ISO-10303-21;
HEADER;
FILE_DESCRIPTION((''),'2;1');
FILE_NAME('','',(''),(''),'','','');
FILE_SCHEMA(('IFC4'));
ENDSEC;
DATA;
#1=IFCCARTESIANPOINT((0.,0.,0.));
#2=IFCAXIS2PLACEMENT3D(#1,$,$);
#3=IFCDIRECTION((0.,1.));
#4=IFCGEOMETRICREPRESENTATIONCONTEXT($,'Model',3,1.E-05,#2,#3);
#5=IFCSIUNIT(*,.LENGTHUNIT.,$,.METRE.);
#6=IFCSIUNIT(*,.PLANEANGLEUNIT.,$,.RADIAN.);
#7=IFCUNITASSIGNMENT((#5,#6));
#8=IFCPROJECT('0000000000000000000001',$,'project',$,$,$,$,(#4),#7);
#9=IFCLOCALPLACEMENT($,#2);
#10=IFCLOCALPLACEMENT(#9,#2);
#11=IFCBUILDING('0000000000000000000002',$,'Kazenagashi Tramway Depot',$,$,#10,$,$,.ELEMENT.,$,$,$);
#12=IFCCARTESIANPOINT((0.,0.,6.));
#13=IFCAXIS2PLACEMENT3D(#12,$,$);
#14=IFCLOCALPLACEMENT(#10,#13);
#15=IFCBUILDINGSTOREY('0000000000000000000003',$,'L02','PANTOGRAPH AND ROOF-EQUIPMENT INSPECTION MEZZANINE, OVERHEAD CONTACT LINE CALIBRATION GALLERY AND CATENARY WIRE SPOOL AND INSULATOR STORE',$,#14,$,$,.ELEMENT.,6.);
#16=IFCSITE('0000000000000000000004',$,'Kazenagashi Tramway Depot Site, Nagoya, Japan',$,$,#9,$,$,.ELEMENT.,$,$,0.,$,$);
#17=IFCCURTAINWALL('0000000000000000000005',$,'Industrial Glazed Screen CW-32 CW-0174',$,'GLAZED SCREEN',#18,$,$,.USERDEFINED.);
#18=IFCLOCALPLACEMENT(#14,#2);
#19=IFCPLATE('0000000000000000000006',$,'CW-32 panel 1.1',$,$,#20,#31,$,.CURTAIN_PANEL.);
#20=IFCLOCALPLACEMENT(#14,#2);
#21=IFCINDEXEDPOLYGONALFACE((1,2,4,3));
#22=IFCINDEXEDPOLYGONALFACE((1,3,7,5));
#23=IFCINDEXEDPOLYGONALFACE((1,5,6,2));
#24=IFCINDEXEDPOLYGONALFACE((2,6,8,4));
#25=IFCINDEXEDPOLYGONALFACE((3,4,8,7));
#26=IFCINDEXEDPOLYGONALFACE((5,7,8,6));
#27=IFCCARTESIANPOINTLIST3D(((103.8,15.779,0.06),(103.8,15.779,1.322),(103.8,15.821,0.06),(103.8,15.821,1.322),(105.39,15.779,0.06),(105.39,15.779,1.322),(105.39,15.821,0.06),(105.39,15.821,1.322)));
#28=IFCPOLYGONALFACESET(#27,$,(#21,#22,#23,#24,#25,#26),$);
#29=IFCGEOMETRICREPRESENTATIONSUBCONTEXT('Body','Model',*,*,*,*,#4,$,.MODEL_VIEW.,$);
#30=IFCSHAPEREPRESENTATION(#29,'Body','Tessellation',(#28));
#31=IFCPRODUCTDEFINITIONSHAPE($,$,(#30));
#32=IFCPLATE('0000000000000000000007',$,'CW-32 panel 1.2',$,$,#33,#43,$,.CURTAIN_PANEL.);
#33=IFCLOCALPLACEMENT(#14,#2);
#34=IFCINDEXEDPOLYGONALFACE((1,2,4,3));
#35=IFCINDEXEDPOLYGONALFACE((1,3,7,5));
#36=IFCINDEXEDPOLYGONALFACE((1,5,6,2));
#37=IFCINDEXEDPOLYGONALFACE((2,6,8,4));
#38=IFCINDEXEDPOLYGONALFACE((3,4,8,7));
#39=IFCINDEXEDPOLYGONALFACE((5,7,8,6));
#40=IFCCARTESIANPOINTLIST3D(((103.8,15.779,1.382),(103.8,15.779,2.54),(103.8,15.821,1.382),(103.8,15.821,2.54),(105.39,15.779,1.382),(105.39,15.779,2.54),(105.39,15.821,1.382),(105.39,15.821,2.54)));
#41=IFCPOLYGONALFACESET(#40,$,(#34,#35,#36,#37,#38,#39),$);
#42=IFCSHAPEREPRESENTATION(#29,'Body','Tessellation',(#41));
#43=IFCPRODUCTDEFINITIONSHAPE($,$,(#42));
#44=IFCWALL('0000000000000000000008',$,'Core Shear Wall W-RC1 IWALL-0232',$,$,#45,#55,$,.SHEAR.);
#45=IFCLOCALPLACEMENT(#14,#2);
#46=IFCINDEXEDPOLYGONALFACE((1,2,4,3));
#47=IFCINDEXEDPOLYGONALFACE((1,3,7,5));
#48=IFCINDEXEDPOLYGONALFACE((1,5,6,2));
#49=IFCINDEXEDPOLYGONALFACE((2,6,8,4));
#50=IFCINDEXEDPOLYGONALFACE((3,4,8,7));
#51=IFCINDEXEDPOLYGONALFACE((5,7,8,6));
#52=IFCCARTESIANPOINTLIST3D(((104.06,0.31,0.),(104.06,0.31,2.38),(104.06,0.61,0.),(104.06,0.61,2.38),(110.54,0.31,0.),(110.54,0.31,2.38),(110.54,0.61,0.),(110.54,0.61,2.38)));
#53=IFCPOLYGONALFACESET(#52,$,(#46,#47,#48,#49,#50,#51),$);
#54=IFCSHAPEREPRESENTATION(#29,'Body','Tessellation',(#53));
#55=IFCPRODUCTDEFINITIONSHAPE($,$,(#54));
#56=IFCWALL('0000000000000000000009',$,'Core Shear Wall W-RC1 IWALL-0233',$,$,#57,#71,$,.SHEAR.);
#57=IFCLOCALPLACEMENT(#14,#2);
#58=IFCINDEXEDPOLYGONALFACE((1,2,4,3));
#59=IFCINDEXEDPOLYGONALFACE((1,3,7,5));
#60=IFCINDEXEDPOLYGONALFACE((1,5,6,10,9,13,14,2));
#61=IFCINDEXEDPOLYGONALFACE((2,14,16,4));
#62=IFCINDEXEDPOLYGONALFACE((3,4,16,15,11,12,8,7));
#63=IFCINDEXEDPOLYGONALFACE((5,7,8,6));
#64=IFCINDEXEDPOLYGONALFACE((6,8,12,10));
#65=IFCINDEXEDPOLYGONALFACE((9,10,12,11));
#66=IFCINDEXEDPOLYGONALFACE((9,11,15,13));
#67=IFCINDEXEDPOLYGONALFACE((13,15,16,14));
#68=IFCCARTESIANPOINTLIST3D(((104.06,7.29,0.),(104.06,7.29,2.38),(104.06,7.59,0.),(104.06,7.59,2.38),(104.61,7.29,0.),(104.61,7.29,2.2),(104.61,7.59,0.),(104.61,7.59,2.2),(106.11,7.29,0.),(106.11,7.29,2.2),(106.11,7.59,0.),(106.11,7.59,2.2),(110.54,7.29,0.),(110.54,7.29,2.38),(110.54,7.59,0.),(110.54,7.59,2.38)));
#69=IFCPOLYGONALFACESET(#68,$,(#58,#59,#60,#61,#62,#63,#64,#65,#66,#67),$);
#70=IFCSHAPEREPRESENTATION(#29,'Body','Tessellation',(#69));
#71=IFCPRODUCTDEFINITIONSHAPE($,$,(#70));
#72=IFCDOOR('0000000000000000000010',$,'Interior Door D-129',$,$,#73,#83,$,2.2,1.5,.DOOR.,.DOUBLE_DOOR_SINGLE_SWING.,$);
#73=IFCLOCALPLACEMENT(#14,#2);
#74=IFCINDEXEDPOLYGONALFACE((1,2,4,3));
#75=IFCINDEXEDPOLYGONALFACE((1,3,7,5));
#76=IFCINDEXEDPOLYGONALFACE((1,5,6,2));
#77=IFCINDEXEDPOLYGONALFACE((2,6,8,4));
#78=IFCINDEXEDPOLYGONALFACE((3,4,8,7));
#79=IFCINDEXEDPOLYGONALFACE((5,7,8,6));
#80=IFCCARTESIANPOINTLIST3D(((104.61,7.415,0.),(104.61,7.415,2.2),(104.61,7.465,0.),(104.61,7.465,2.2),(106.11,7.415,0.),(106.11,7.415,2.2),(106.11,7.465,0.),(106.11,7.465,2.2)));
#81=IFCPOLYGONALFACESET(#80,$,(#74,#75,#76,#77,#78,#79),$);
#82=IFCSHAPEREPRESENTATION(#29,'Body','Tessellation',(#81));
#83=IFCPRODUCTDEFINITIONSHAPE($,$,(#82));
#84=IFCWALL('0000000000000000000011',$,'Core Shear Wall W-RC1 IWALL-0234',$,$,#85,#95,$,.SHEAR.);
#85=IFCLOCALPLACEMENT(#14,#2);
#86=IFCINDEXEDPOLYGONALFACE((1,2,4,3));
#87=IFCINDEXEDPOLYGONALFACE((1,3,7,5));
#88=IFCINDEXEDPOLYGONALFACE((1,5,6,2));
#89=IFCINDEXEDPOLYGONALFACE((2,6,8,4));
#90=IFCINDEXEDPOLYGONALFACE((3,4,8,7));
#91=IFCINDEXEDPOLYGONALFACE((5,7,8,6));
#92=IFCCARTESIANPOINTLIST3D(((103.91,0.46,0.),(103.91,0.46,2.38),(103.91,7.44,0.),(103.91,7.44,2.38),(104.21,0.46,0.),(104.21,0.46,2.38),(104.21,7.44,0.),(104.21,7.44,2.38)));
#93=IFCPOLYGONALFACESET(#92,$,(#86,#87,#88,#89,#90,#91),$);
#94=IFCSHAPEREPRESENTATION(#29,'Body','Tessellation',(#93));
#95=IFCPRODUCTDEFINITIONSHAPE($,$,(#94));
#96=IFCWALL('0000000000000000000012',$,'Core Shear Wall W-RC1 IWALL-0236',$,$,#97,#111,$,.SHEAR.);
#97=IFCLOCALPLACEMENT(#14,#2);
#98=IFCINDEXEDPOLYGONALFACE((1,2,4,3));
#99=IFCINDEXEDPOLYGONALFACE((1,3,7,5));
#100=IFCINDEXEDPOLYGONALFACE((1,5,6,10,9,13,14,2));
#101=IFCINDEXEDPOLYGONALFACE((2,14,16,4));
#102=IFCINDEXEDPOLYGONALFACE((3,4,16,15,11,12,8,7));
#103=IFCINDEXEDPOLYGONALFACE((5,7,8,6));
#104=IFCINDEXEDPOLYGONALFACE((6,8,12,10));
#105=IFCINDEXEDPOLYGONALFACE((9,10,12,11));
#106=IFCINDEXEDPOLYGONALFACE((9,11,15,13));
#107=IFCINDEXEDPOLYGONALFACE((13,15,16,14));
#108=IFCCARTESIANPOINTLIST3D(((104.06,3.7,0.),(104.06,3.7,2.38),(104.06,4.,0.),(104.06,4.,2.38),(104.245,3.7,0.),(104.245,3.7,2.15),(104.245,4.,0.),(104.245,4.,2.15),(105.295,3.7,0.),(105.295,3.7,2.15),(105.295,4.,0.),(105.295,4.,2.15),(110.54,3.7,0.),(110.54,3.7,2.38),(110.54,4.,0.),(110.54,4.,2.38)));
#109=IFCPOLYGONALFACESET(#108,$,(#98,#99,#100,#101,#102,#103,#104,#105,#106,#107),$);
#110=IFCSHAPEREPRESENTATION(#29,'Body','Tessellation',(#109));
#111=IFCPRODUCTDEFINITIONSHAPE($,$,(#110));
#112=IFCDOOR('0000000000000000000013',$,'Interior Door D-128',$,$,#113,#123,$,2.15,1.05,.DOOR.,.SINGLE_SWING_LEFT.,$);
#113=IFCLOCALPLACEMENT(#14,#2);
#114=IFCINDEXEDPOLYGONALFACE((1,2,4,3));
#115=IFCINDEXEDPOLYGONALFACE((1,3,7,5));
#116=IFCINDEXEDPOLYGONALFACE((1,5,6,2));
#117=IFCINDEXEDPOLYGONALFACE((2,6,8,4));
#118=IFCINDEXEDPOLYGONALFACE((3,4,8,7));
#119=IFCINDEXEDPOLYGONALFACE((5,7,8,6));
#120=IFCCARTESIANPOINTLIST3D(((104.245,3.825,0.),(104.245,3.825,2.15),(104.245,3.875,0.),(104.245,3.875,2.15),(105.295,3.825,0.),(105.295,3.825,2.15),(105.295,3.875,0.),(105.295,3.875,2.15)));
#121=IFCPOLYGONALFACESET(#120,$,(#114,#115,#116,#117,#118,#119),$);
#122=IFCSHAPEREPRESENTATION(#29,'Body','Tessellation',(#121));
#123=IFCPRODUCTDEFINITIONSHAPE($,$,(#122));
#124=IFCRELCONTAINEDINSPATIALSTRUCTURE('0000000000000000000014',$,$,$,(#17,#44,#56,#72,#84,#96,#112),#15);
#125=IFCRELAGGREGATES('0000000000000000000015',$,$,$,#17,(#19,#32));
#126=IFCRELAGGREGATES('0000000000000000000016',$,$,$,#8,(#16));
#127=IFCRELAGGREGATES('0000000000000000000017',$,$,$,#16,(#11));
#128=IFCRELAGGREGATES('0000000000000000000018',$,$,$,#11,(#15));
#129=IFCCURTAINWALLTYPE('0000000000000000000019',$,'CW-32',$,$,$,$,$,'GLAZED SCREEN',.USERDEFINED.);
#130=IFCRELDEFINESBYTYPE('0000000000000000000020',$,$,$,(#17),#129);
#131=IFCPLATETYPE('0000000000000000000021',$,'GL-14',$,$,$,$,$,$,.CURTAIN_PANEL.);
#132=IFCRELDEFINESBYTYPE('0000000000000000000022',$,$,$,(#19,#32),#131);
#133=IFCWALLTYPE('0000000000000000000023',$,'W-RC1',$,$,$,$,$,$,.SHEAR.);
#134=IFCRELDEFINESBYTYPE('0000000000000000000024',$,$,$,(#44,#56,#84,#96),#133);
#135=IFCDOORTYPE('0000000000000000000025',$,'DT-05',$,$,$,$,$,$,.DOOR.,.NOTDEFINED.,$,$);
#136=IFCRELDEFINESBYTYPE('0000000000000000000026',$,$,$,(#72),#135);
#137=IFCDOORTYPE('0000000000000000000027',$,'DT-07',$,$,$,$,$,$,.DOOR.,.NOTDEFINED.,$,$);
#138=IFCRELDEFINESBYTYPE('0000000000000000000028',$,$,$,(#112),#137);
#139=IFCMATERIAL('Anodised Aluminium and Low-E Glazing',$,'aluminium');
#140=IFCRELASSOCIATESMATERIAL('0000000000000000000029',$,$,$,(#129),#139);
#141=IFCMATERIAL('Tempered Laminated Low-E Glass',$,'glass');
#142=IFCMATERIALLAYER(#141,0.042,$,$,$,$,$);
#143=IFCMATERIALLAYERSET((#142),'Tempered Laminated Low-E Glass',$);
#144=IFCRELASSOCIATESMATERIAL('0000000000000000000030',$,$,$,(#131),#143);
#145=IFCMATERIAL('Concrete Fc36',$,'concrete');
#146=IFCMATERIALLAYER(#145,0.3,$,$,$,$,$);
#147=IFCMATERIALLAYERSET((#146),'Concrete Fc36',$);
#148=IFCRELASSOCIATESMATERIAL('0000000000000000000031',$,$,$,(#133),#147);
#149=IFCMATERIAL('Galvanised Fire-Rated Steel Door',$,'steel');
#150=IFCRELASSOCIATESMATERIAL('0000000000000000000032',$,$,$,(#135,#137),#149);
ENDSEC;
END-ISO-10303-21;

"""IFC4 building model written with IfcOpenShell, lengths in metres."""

from ifc_helpers import new_model, si_unit, direction, frame, frame_2d, origin, origin_2d, place, context, subcontext, project, spatial, rectangle, extrude, material, layer, layer_set, type_object, element, fill, aggregate, save


model = new_model("IFC4")

# Units and contexts
model_context = context("Model", 3, precision=1e-05, world=origin(), true_north=direction((0.0, 1.0)))
body_context = subcontext(model_context, "Body", "Model", "MODEL_VIEW")
ifc_project = project(units=[si_unit("LENGTHUNIT", "METRE"), si_unit("PLANEANGLEUNIT", "RADIAN")], contexts=[model_context])

# Site, building, storey
site_placement = place(None, origin())
site = spatial("IfcSite", under=ifc_project, at=site_placement, Name="Kazenagashi Tramway Depot Site, Nagoya, Japan", CompositionType="ELEMENT", RefElevation=0.0)
building_placement = place(site_placement, origin())
building = spatial("IfcBuilding", under=site, at=building_placement, Name="Kazenagashi Tramway Depot", CompositionType="ELEMENT")
storey_placement = place(building_placement, frame((0.0, 0.0, 6.0)))
storey = spatial("IfcBuildingStorey", under=building, at=storey_placement, Name="L02", Description="PANTOGRAPH AND ROOF-EQUIPMENT INSPECTION MEZZANINE, OVERHEAD CONTACT LINE CALIBRATION GALLERY AND CATENARY WIRE SPOOL AND INSULATOR STORE", CompositionType="ELEMENT", Elevation=6.0)

# Curtain wall
ifc_material_1 = material(Name="Anodised Aluminium and Low-E Glazing", Category="aluminium")
curtain_wall_type = type_object("IfcCurtainWallType", Name="CW-32", ElementType="GLAZED SCREEN", PredefinedType="USERDEFINED", material=ifc_material_1)
curtain_wall_placement = place(storey_placement, origin())
curtain_wall = element("IfcCurtainWall", 1, at=curtain_wall_placement, inside=storey, type_object=curtain_wall_type, Name="Industrial Glazed Screen CW-32 CW-0174", ObjectType="GLAZED SCREEN", PredefinedType="USERDEFINED")

# Plates
ifc_material_2 = material(Name="Tempered Laminated Low-E Glass", Category="glass")
ifc_layer_1 = layer(ifc_material_2, 0.042)
ifc_layer_set_1 = layer_set([ifc_layer_1], Name="Tempered Laminated Low-E Glass")
plate_type = type_object("IfcPlateType", Name="GL-14", PredefinedType="CURTAIN_PANEL", material=ifc_layer_set_1)
plate_1_placement = place(storey_placement, frame((104.595, 15.8, 0.06), z_axis=(0.0, 0.0, 1.0), x_axis=(1.0, 0.0, 0.0)))
plate_1 = element("IfcPlate", 2, at=plate_1_placement, type_object=plate_type, Name="CW-32 panel 1.1", PredefinedType="CURTAIN_PANEL", context=body_context, shape_type="SweptSolid", body=[
    extrude(rectangle(XDim=1.59, YDim=0.042, at=origin_2d()), origin(), (0.0, 0.0, 1.0), 1.262),
])
plate_2_placement = place(storey_placement, frame((104.595, 15.8, 1.382), z_axis=(0.0, 0.0, 1.0), x_axis=(1.0, 0.0, 0.0)))
plate_2 = element("IfcPlate", 3, at=plate_2_placement, type_object=plate_type, Name="CW-32 panel 1.2", PredefinedType="CURTAIN_PANEL", context=body_context, shape_type="SweptSolid", body=[
    extrude(rectangle(XDim=1.59, YDim=0.042, at=origin_2d()), origin(), (0.0, 0.0, 1.0), 1.158),
])
aggregate(curtain_wall, [plate_1, plate_2])

# Wall
ifc_material_3 = material(Name="Concrete Fc36", Category="concrete")
ifc_layer_2 = layer(ifc_material_3, 0.3)
ifc_layer_set_2 = layer_set([ifc_layer_2], Name="Concrete Fc36")
wall_type = type_object("IfcWallType", Name="W-RC1", PredefinedType="SHEAR", material=ifc_layer_set_2)
wall_1_placement = place(storey_placement, frame((104.06, 0.46, 0.0), z_axis=(0.0, 0.0, 1.0), x_axis=(1.0, 0.0, 0.0)))
element("IfcWall", 4, at=wall_1_placement, inside=storey, type_object=wall_type, Name="Core Shear Wall W-RC1 IWALL-0232", PredefinedType="SHEAR", context=body_context, shape_type="SweptSolid", body=[
    extrude(rectangle(XDim=6.48, YDim=0.3, at=frame_2d((3.24, 0.0))), origin(), (0.0, 0.0, 1.0), 2.38),
])

# Wall, opening, door
wall_2_placement = place(storey_placement, frame((104.06, 7.44, 0.0), z_axis=(0.0, 0.0, 1.0), x_axis=(1.0, 0.0, 0.0)))
wall_2 = element("IfcWall", 5, at=wall_2_placement, inside=storey, type_object=wall_type, Name="Core Shear Wall W-RC1 IWALL-0233", PredefinedType="SHEAR", context=body_context, shape_type="SweptSolid", body=[
    extrude(rectangle(XDim=6.48, YDim=0.3, at=frame_2d((3.24, 0.0))), origin(), (0.0, 0.0, 1.0), 2.38),
])
opening_1_placement = place(wall_2_placement, frame((0.55, 0.0, 0.0)))
opening_1 = element("IfcOpeningElement", 6, at=opening_1_placement, cuts=wall_2, PredefinedType="OPENING", context=body_context, shape_type="SweptSolid", body=[
    extrude(rectangle(XDim=1.5, YDim=2.2, at=frame_2d((0.75, 1.1))), frame((0.0, 0.16, 0.0), z_axis=(0.0, -1.0, 0.0), x_axis=(1.0, 0.0, 0.0)), (0.0, 0.0, 1.0), 0.32),
])
ifc_material_4 = material(Name="Galvanised Fire-Rated Steel Door", Category="steel")
door_type_1 = type_object("IfcDoorType", Name="DT-05", OperationType="NOTDEFINED", PredefinedType="DOOR", material=ifc_material_4)
door_1_placement = place(opening_1_placement, origin())
door_1 = element("IfcDoor", 7, at=door_1_placement, inside=storey, type_object=door_type_1, Name="Interior Door D-129", OperationType="DOUBLE_DOOR_SINGLE_SWING", OverallHeight=2.2, OverallWidth=1.5, PredefinedType="DOOR", context=body_context, shape_type="SweptSolid", body=[
    extrude(rectangle(XDim=1.5, YDim=2.2, at=frame_2d((0.75, 1.1))), frame((0.0, 0.025, 0.0), z_axis=(0.0, -1.0, 0.0), x_axis=(1.0, 0.0, 0.0)), (0.0, 0.0, 1.0), 0.05),
])
fill(opening_1, door_1)

# Wall
wall_3_placement = place(storey_placement, frame((104.06, 0.46, 0.0), z_axis=(0.0, 0.0, 1.0), x_axis=(0.0, 1.0, 0.0)))
element("IfcWall", 8, at=wall_3_placement, inside=storey, type_object=wall_type, Name="Core Shear Wall W-RC1 IWALL-0234", PredefinedType="SHEAR", context=body_context, shape_type="SweptSolid", body=[
    extrude(rectangle(XDim=6.98, YDim=0.3, at=frame_2d((3.49, 0.0))), origin(), (0.0, 0.0, 1.0), 2.38),
])

# Wall, opening, door
wall_4_placement = place(storey_placement, frame((104.06, 3.85, 0.0), z_axis=(0.0, 0.0, 1.0), x_axis=(1.0, 0.0, 0.0)))
wall_4 = element("IfcWall", 9, at=wall_4_placement, inside=storey, type_object=wall_type, Name="Core Shear Wall W-RC1 IWALL-0236", PredefinedType="SHEAR", context=body_context, shape_type="SweptSolid", body=[
    extrude(rectangle(XDim=6.48, YDim=0.3, at=frame_2d((3.24, 0.0))), origin(), (0.0, 0.0, 1.0), 2.38),
])
opening_2_placement = place(wall_4_placement, frame((0.185, 0.0, 0.0)))
opening_2 = element("IfcOpeningElement", 10, at=opening_2_placement, cuts=wall_4, PredefinedType="OPENING", context=body_context, shape_type="SweptSolid", body=[
    extrude(rectangle(XDim=1.05, YDim=2.15, at=frame_2d((0.525, 1.075))), frame((0.0, 0.16, 0.0), z_axis=(0.0, -1.0, 0.0), x_axis=(1.0, 0.0, 0.0)), (0.0, 0.0, 1.0), 0.32),
])
door_type_2 = type_object("IfcDoorType", Name="DT-07", OperationType="NOTDEFINED", PredefinedType="DOOR", material=ifc_material_4)
door_2_placement = place(opening_2_placement, origin())
door_2 = element("IfcDoor", 11, at=door_2_placement, inside=storey, type_object=door_type_2, Name="Interior Door D-128", OperationType="SINGLE_SWING_LEFT", OverallHeight=2.15, OverallWidth=1.05, PredefinedType="DOOR", context=body_context, shape_type="SweptSolid", body=[
    extrude(rectangle(XDim=1.05, YDim=2.15, at=frame_2d((0.525, 1.075))), frame((0.0, 0.025, 0.0), z_axis=(0.0, -1.0, 0.0), x_axis=(1.0, 0.0, 0.0)), (0.0, 0.0, 1.0), 0.05),
])
fill(opening_2, door_2)

save(model, "model.ifc")
